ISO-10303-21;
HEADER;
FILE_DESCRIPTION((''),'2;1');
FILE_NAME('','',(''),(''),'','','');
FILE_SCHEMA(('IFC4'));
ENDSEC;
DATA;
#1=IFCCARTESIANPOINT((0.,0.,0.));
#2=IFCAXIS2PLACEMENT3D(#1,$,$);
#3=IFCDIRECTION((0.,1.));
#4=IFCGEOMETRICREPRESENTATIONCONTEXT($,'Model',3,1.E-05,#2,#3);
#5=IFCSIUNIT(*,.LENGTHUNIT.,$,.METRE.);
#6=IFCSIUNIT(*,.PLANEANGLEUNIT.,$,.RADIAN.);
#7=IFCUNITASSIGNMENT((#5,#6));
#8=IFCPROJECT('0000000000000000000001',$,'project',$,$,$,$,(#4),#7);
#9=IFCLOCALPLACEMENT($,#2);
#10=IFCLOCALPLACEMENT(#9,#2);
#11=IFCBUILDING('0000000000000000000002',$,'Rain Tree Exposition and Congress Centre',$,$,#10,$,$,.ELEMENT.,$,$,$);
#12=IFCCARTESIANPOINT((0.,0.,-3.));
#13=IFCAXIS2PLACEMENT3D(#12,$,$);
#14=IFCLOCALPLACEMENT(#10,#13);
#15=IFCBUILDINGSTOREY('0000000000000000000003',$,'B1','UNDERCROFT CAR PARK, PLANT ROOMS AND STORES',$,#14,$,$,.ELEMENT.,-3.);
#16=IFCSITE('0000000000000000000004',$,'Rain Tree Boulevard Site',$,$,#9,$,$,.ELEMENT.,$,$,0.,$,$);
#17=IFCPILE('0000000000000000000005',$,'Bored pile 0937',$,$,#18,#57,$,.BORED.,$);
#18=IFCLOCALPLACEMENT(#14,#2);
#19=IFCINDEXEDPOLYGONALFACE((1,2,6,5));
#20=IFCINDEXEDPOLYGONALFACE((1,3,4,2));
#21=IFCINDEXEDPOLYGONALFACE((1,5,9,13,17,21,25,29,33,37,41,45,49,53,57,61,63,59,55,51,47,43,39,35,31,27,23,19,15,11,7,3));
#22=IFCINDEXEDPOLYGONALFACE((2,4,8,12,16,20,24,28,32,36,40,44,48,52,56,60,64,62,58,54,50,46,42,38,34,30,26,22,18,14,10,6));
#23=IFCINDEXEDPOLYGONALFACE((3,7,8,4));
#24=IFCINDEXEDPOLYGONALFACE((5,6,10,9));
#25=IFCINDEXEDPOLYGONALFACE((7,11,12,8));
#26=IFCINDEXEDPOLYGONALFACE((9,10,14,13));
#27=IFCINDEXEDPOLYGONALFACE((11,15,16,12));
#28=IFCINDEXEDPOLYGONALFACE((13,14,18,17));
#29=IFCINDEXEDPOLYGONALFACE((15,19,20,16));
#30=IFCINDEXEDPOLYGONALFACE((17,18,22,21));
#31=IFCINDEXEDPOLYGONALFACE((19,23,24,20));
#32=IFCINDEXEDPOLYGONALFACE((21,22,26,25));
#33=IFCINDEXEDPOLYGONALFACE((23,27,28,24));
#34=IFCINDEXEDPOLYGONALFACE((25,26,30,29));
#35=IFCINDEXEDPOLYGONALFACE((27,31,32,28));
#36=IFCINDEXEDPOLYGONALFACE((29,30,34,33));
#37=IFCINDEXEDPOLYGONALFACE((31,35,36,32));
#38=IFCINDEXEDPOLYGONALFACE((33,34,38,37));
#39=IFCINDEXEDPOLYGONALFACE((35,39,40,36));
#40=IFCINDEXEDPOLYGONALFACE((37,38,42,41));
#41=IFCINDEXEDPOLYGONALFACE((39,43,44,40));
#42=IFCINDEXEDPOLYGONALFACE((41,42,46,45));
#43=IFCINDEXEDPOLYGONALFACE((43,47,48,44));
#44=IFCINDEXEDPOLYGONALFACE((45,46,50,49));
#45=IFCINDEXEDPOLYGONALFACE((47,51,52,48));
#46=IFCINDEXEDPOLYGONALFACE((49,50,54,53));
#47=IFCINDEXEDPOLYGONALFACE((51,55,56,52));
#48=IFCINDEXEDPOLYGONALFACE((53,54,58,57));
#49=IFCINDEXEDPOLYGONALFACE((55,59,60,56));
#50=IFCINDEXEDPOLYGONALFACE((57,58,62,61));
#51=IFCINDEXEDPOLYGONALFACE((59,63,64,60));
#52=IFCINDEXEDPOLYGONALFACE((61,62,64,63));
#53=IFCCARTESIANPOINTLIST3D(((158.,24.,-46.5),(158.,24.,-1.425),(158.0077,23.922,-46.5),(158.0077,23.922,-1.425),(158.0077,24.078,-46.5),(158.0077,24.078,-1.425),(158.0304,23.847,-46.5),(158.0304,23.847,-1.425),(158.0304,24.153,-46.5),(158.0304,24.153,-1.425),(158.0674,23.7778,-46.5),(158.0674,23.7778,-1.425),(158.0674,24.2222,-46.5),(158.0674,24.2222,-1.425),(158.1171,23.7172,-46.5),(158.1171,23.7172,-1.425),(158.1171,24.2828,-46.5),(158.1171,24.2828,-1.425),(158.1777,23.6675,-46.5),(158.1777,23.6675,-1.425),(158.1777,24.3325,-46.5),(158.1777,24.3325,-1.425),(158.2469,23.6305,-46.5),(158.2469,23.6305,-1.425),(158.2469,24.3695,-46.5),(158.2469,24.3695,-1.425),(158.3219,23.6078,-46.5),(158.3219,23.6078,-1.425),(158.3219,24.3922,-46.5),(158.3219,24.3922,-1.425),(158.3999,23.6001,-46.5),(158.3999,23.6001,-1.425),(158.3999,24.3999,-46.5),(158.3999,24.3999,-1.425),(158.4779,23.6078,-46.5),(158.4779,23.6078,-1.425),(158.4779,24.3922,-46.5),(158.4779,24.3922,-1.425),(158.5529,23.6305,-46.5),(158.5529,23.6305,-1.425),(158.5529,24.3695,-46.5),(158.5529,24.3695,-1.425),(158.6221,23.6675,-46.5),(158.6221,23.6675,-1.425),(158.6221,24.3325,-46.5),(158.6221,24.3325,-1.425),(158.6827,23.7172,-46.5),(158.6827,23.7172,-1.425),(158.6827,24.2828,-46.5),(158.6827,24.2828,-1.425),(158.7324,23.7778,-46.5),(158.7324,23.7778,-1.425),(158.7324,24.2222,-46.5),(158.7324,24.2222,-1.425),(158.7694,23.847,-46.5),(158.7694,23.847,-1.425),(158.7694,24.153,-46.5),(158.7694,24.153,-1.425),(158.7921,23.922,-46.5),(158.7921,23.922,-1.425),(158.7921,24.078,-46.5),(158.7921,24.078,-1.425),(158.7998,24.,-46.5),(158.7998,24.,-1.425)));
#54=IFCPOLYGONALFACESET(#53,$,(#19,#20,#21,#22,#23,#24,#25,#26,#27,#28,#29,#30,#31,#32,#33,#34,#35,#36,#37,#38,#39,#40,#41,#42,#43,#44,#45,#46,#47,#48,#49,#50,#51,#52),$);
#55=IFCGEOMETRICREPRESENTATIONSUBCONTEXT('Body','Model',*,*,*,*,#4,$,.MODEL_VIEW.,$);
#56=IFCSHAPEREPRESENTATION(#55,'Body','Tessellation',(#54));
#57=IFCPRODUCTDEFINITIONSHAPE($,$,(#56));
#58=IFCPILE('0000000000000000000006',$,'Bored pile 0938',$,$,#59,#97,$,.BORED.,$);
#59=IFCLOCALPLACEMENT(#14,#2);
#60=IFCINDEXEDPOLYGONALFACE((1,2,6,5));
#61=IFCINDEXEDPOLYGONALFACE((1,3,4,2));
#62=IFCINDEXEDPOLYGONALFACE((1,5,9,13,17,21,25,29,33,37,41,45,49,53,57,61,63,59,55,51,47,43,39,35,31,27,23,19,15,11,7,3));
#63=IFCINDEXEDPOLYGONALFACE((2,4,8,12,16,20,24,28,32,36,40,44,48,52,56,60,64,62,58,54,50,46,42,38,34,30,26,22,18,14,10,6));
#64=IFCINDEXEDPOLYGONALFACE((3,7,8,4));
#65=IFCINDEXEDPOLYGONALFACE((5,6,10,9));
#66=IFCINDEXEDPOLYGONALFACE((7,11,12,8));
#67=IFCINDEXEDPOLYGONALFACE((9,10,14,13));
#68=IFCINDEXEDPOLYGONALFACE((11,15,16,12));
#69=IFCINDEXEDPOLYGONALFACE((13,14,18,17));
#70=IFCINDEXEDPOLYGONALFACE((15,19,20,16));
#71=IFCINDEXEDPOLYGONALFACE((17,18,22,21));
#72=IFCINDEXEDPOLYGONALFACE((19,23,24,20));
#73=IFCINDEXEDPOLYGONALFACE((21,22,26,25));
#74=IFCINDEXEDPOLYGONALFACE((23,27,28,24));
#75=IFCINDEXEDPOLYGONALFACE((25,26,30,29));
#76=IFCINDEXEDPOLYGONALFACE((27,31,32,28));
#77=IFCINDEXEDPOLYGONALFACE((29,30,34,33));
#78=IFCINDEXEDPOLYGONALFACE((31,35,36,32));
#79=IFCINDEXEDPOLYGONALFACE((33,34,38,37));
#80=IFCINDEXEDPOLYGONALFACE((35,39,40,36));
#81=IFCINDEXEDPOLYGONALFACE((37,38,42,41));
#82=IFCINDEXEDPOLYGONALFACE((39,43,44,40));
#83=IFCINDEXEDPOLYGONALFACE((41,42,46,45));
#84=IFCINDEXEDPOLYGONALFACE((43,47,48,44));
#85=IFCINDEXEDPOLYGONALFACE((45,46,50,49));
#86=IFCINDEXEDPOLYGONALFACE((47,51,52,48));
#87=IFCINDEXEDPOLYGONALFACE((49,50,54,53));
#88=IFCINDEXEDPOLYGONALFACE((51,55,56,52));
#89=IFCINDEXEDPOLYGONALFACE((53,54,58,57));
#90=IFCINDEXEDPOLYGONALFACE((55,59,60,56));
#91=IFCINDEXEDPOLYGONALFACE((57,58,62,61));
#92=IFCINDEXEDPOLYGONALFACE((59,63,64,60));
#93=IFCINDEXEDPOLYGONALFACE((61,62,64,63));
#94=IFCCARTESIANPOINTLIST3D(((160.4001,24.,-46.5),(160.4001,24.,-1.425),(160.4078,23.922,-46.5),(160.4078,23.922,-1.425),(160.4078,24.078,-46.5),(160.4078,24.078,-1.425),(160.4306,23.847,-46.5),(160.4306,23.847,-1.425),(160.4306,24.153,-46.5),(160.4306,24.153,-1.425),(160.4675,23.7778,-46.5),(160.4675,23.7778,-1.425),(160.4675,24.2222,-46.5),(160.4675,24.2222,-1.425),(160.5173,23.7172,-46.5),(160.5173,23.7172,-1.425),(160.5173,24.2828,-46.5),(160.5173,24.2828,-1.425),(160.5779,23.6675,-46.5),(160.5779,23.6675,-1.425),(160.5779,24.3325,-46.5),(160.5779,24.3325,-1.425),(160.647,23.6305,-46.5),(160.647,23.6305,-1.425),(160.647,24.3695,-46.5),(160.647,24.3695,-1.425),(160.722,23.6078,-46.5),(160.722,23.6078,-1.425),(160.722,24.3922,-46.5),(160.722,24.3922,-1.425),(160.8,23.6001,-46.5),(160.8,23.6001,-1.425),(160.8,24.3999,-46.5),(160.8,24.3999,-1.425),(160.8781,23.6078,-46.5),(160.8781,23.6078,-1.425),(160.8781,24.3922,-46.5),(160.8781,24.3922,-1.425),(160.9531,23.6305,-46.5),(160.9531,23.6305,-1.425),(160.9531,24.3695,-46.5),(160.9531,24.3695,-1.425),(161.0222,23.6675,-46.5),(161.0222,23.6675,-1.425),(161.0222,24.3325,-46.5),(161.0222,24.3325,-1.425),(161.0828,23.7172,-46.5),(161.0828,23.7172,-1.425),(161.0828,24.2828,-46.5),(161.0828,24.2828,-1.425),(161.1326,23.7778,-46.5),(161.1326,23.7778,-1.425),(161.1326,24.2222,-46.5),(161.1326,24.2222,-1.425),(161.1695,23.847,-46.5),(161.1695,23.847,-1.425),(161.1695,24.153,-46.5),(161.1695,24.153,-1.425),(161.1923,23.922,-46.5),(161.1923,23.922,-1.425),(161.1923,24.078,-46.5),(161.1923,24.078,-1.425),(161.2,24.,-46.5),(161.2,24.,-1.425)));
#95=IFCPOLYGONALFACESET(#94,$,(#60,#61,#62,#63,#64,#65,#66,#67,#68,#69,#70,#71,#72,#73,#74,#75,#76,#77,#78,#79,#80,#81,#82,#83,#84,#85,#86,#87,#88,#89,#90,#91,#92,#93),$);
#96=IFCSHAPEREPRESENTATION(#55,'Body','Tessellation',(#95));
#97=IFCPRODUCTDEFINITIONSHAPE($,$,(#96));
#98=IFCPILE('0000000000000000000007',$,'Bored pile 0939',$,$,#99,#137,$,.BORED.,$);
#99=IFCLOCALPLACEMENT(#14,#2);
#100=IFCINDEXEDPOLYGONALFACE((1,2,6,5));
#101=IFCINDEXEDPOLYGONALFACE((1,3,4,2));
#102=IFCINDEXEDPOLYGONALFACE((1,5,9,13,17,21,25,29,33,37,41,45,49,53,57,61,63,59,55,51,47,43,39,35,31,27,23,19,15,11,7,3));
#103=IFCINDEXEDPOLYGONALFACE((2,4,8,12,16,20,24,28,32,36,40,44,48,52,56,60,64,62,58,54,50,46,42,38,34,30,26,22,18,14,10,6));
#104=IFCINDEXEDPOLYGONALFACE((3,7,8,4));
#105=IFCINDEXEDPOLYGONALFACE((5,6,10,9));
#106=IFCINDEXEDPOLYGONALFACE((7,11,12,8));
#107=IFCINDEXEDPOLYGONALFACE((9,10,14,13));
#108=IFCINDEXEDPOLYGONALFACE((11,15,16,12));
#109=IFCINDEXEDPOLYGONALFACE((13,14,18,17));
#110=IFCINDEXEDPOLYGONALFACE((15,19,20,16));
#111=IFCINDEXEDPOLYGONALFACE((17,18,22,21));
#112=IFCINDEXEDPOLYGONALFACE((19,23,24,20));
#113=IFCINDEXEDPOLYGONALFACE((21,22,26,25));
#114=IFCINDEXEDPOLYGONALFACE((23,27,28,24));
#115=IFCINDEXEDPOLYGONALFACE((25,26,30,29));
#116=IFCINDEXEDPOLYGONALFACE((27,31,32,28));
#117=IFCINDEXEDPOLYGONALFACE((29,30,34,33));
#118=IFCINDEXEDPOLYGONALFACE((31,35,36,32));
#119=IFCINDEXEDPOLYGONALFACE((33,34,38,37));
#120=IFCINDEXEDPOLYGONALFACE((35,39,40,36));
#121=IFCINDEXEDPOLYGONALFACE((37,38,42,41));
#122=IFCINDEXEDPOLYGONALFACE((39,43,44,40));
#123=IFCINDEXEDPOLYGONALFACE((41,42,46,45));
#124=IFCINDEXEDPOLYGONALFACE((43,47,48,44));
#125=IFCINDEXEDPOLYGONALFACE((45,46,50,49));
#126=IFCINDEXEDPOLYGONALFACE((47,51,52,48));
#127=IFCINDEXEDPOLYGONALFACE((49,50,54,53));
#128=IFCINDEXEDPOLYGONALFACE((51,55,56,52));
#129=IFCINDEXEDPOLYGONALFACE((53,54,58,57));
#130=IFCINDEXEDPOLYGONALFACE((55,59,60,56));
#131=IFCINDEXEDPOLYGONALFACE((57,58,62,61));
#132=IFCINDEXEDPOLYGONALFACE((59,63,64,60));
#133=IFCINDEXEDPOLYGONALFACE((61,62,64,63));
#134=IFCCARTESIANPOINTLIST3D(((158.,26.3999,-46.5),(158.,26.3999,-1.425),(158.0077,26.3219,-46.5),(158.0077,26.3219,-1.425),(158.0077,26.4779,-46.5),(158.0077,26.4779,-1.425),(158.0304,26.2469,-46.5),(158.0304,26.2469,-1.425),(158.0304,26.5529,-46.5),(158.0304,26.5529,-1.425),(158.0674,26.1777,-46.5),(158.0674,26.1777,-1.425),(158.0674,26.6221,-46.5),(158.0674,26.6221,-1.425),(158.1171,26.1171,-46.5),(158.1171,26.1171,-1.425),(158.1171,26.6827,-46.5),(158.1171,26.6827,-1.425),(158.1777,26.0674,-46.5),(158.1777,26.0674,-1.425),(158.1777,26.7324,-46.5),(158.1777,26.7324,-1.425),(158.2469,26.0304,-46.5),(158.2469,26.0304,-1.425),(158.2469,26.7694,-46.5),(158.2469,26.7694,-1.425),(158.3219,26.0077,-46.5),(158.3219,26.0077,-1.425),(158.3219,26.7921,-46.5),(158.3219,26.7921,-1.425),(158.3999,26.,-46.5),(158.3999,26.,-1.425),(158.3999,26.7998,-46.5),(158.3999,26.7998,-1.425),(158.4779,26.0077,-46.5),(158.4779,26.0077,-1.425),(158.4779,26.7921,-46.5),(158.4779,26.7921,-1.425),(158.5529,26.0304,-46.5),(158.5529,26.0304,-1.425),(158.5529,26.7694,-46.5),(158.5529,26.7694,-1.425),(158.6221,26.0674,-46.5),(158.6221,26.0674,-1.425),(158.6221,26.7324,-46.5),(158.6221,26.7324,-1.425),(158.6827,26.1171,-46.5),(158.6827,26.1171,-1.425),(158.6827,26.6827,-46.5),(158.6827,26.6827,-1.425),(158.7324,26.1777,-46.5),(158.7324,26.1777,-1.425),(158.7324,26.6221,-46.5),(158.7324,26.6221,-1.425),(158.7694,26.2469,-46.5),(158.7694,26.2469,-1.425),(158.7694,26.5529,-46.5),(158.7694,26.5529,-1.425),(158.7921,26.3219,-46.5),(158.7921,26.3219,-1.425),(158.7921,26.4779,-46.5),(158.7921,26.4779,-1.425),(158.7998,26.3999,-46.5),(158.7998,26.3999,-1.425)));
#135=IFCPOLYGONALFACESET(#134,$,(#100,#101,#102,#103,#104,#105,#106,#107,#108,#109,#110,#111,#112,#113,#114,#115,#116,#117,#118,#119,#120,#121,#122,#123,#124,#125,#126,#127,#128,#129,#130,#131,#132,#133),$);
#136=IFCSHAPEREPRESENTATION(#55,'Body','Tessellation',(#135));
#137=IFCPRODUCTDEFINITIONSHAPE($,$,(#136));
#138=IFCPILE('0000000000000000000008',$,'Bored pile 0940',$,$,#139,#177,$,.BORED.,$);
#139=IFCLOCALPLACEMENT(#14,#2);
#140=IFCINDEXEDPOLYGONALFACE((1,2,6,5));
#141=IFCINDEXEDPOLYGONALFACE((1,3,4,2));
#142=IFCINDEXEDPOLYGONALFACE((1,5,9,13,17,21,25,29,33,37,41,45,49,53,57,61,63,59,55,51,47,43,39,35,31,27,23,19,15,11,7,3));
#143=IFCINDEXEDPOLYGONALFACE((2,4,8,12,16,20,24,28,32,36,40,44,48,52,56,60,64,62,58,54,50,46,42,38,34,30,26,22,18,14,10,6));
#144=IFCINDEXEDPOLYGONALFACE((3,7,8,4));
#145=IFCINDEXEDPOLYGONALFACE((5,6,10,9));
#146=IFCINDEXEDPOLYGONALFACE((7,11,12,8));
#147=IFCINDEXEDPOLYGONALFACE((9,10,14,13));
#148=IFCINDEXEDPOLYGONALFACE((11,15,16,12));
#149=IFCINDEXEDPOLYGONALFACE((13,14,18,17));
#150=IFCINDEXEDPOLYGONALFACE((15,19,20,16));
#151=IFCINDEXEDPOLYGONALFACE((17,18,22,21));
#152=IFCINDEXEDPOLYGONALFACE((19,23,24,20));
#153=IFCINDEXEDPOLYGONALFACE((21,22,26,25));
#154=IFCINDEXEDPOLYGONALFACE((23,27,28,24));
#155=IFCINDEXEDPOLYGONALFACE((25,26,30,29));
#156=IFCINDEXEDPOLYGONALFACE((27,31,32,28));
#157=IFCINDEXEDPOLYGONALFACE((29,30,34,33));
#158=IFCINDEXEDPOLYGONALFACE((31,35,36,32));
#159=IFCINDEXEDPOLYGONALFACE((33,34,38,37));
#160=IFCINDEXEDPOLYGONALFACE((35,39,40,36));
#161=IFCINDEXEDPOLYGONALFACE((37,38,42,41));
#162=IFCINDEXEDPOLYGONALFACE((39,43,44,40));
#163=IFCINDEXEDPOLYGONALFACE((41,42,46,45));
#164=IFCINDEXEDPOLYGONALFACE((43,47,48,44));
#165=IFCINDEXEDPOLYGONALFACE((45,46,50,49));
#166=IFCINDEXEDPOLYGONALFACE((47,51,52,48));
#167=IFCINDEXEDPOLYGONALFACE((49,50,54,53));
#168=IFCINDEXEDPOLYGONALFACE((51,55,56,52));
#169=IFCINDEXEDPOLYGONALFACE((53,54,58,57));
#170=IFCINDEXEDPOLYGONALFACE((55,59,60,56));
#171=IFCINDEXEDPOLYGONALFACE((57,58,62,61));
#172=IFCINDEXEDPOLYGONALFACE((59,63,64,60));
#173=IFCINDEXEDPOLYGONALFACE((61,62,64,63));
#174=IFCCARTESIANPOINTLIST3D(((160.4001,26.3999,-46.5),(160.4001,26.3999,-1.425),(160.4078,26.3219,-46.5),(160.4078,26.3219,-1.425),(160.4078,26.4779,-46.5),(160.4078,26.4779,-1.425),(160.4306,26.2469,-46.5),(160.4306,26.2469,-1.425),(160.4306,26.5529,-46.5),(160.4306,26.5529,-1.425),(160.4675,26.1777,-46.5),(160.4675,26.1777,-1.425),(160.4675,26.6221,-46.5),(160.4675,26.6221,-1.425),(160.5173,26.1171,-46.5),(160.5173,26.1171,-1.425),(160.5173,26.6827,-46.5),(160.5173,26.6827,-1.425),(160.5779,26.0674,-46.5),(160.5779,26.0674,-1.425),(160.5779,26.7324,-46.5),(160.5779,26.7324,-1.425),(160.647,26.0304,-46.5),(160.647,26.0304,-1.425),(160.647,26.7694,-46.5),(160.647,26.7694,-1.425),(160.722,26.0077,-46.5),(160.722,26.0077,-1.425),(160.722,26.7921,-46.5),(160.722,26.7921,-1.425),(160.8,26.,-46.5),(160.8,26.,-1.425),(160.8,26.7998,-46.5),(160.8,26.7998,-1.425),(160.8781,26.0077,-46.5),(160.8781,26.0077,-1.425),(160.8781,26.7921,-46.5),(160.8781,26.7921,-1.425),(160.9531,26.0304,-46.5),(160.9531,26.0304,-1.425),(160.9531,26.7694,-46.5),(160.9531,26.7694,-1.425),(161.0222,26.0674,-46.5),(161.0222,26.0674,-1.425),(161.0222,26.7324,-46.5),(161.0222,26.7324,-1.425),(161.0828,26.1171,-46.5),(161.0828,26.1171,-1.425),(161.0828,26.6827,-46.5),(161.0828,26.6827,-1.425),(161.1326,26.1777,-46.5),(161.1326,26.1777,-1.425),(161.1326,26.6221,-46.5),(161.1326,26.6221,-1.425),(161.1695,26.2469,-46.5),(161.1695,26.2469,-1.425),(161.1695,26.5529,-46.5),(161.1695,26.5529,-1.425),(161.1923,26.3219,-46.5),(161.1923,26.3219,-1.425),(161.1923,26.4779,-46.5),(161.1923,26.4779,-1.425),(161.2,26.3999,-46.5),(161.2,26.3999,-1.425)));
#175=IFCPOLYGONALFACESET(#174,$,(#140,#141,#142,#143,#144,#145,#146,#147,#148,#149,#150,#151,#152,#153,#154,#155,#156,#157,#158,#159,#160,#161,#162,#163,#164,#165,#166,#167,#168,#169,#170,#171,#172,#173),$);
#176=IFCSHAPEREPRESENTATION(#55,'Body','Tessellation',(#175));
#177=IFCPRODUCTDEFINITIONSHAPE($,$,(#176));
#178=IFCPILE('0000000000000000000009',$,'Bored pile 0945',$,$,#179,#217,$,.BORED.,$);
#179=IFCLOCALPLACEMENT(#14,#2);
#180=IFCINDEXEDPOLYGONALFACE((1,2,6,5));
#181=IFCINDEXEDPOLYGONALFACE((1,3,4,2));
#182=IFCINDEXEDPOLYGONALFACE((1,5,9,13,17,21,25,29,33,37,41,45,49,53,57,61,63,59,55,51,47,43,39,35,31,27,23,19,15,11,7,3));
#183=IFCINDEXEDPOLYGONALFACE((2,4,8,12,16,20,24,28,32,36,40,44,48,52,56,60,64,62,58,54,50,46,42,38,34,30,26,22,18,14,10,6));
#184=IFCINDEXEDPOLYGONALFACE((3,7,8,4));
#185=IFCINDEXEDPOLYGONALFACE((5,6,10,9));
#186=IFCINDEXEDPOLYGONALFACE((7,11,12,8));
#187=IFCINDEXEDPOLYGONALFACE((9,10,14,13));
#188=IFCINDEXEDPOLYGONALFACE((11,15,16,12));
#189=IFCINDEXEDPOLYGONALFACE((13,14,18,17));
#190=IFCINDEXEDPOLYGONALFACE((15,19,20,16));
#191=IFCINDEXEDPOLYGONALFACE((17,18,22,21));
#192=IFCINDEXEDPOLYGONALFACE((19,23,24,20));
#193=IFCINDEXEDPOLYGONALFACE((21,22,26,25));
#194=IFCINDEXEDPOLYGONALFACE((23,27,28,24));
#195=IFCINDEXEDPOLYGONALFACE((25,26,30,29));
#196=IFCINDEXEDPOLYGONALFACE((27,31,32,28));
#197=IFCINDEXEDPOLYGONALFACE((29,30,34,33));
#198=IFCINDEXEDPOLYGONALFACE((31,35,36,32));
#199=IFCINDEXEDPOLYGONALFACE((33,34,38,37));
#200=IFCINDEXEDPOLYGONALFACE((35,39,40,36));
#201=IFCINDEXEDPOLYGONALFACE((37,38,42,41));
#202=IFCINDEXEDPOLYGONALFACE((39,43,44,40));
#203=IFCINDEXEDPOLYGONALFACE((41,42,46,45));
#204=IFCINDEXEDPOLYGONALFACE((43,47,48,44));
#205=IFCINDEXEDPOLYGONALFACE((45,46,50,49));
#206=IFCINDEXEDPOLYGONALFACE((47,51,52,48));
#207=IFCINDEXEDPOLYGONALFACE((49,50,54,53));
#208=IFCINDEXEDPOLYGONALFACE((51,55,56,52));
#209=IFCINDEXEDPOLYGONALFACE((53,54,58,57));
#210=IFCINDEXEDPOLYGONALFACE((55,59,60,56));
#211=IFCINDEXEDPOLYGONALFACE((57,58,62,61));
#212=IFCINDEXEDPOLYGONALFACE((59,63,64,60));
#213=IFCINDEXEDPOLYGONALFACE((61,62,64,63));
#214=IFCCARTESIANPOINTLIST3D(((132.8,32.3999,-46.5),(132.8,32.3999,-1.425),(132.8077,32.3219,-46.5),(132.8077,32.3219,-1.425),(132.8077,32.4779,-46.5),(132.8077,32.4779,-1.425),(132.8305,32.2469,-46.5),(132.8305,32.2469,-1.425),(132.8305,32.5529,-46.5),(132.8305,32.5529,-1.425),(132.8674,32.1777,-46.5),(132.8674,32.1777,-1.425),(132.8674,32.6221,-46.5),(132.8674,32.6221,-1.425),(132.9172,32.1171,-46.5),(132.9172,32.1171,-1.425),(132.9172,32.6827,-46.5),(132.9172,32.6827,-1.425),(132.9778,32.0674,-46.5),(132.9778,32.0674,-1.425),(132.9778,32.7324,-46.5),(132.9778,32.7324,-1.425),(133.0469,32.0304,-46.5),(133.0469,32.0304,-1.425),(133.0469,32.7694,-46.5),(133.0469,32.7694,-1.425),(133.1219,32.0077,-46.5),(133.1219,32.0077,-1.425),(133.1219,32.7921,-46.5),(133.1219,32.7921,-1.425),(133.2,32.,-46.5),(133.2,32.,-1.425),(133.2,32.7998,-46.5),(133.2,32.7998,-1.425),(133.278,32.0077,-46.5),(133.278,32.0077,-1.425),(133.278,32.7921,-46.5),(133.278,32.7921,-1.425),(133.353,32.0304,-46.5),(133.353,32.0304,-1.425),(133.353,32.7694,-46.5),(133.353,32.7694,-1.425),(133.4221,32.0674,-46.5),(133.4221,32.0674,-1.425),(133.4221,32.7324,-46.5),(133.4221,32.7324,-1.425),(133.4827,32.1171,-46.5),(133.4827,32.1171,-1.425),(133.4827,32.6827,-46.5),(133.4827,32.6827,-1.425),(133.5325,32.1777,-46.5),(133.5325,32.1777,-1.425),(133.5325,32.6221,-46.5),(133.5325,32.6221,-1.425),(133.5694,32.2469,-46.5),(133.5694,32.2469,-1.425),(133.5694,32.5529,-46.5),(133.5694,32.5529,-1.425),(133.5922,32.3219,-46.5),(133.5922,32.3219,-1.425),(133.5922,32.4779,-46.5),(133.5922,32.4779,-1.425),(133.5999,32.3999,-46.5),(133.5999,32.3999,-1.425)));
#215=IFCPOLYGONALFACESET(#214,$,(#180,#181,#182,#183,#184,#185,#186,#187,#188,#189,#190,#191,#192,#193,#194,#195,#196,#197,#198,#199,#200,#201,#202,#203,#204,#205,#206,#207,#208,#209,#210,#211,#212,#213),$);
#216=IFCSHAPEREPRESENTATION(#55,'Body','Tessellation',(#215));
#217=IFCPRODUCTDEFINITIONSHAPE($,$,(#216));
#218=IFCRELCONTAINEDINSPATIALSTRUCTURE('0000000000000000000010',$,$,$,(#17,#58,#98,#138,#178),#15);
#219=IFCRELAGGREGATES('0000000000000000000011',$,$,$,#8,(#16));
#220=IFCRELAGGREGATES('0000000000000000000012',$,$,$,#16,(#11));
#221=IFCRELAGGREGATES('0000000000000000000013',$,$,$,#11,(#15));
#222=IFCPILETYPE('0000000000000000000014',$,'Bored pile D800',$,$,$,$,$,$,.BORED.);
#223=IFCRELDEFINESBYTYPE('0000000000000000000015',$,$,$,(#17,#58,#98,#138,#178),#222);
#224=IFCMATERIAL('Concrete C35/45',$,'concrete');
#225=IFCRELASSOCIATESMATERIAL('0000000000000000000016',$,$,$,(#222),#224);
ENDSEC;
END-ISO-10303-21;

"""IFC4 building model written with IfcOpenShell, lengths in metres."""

from ifc_helpers import new_model, si_unit, direction, frame, origin, origin_2d, place, context, subcontext, project, spatial, circle, extrude, material, material_profile, profile_set, type_object, element, save


model = new_model("IFC4")

# Units and contexts
model_context = context("Model", 3, precision=1e-05, world=origin(), true_north=direction((0.0, 1.0)))
body_context = subcontext(model_context, "Body", "Model", "MODEL_VIEW")
ifc_project = project(units=[si_unit("LENGTHUNIT", "METRE"), si_unit("PLANEANGLEUNIT", "RADIAN")], contexts=[model_context])

# Site, building, storey
site_placement = place(None, origin())
site = spatial("IfcSite", under=ifc_project, at=site_placement, Name="Rain Tree Boulevard Site", CompositionType="ELEMENT", RefElevation=0.0)
building_placement = place(site_placement, origin())
building = spatial("IfcBuilding", under=site, at=building_placement, Name="Rain Tree Exposition and Congress Centre", CompositionType="ELEMENT")
storey_placement = place(building_placement, frame((0.0, 0.0, -3.0)))
storey = spatial("IfcBuildingStorey", under=building, at=storey_placement, Name="B1", Description="UNDERCROFT CAR PARK, PLANT ROOMS AND STORES", CompositionType="ELEMENT", Elevation=-3.0)

# Piles
ifc_material_1 = material(Name="Concrete C35/45", Category="concrete")
ifc_material_profile_1 = material_profile(ifc_material_1, circle(Radius=0.3999, at=origin_2d()), Name="D800")
ifc_profile_set_1 = profile_set([ifc_material_profile_1], Name="Concrete C35/45")
pile_type_1 = type_object("IfcPileType", Name="Bored pile D800", PredefinedType="BORED", material=ifc_profile_set_1)
for number, where, z_axis, x_axis, name in (
    (1, (158.3999, 24.0, -1.425), (0.0, 0.0, -1.0), (1.0, 0.0, 0.0), "Bored pile 0937"),
    (2, (160.8, 24.0, -1.425), (0.0, 0.0, -1.0), (1.0, 0.0, 0.0), "Bored pile 0938"),
    (3, (158.3999, 26.3999, -1.425), (0.0, 0.0, -1.0), (1.0, 0.0, 0.0), "Bored pile 0939"),
    (4, (160.8, 26.3999, -1.425), (0.0, 0.0, -1.0), (1.0, 0.0, 0.0), "Bored pile 0940"),
    (5, (133.2, 32.3999, -1.425), (0.0, 0.0, -1.0), (1.0, 0.0, 0.0), "Bored pile 0945"),
):
    element("IfcPile", number, at=place(storey_placement, frame(where, z_axis=z_axis, x_axis=x_axis)), inside=storey, type_object=pile_type_1, Name=name, PredefinedType="BORED", context=body_context, shape_type="SweptSolid", body=[
        extrude(circle(Radius=0.3999, at=origin_2d()), origin(), (0.0, 0.0, 1.0), 45.075),
    ])

save(model, "model.ifc")
